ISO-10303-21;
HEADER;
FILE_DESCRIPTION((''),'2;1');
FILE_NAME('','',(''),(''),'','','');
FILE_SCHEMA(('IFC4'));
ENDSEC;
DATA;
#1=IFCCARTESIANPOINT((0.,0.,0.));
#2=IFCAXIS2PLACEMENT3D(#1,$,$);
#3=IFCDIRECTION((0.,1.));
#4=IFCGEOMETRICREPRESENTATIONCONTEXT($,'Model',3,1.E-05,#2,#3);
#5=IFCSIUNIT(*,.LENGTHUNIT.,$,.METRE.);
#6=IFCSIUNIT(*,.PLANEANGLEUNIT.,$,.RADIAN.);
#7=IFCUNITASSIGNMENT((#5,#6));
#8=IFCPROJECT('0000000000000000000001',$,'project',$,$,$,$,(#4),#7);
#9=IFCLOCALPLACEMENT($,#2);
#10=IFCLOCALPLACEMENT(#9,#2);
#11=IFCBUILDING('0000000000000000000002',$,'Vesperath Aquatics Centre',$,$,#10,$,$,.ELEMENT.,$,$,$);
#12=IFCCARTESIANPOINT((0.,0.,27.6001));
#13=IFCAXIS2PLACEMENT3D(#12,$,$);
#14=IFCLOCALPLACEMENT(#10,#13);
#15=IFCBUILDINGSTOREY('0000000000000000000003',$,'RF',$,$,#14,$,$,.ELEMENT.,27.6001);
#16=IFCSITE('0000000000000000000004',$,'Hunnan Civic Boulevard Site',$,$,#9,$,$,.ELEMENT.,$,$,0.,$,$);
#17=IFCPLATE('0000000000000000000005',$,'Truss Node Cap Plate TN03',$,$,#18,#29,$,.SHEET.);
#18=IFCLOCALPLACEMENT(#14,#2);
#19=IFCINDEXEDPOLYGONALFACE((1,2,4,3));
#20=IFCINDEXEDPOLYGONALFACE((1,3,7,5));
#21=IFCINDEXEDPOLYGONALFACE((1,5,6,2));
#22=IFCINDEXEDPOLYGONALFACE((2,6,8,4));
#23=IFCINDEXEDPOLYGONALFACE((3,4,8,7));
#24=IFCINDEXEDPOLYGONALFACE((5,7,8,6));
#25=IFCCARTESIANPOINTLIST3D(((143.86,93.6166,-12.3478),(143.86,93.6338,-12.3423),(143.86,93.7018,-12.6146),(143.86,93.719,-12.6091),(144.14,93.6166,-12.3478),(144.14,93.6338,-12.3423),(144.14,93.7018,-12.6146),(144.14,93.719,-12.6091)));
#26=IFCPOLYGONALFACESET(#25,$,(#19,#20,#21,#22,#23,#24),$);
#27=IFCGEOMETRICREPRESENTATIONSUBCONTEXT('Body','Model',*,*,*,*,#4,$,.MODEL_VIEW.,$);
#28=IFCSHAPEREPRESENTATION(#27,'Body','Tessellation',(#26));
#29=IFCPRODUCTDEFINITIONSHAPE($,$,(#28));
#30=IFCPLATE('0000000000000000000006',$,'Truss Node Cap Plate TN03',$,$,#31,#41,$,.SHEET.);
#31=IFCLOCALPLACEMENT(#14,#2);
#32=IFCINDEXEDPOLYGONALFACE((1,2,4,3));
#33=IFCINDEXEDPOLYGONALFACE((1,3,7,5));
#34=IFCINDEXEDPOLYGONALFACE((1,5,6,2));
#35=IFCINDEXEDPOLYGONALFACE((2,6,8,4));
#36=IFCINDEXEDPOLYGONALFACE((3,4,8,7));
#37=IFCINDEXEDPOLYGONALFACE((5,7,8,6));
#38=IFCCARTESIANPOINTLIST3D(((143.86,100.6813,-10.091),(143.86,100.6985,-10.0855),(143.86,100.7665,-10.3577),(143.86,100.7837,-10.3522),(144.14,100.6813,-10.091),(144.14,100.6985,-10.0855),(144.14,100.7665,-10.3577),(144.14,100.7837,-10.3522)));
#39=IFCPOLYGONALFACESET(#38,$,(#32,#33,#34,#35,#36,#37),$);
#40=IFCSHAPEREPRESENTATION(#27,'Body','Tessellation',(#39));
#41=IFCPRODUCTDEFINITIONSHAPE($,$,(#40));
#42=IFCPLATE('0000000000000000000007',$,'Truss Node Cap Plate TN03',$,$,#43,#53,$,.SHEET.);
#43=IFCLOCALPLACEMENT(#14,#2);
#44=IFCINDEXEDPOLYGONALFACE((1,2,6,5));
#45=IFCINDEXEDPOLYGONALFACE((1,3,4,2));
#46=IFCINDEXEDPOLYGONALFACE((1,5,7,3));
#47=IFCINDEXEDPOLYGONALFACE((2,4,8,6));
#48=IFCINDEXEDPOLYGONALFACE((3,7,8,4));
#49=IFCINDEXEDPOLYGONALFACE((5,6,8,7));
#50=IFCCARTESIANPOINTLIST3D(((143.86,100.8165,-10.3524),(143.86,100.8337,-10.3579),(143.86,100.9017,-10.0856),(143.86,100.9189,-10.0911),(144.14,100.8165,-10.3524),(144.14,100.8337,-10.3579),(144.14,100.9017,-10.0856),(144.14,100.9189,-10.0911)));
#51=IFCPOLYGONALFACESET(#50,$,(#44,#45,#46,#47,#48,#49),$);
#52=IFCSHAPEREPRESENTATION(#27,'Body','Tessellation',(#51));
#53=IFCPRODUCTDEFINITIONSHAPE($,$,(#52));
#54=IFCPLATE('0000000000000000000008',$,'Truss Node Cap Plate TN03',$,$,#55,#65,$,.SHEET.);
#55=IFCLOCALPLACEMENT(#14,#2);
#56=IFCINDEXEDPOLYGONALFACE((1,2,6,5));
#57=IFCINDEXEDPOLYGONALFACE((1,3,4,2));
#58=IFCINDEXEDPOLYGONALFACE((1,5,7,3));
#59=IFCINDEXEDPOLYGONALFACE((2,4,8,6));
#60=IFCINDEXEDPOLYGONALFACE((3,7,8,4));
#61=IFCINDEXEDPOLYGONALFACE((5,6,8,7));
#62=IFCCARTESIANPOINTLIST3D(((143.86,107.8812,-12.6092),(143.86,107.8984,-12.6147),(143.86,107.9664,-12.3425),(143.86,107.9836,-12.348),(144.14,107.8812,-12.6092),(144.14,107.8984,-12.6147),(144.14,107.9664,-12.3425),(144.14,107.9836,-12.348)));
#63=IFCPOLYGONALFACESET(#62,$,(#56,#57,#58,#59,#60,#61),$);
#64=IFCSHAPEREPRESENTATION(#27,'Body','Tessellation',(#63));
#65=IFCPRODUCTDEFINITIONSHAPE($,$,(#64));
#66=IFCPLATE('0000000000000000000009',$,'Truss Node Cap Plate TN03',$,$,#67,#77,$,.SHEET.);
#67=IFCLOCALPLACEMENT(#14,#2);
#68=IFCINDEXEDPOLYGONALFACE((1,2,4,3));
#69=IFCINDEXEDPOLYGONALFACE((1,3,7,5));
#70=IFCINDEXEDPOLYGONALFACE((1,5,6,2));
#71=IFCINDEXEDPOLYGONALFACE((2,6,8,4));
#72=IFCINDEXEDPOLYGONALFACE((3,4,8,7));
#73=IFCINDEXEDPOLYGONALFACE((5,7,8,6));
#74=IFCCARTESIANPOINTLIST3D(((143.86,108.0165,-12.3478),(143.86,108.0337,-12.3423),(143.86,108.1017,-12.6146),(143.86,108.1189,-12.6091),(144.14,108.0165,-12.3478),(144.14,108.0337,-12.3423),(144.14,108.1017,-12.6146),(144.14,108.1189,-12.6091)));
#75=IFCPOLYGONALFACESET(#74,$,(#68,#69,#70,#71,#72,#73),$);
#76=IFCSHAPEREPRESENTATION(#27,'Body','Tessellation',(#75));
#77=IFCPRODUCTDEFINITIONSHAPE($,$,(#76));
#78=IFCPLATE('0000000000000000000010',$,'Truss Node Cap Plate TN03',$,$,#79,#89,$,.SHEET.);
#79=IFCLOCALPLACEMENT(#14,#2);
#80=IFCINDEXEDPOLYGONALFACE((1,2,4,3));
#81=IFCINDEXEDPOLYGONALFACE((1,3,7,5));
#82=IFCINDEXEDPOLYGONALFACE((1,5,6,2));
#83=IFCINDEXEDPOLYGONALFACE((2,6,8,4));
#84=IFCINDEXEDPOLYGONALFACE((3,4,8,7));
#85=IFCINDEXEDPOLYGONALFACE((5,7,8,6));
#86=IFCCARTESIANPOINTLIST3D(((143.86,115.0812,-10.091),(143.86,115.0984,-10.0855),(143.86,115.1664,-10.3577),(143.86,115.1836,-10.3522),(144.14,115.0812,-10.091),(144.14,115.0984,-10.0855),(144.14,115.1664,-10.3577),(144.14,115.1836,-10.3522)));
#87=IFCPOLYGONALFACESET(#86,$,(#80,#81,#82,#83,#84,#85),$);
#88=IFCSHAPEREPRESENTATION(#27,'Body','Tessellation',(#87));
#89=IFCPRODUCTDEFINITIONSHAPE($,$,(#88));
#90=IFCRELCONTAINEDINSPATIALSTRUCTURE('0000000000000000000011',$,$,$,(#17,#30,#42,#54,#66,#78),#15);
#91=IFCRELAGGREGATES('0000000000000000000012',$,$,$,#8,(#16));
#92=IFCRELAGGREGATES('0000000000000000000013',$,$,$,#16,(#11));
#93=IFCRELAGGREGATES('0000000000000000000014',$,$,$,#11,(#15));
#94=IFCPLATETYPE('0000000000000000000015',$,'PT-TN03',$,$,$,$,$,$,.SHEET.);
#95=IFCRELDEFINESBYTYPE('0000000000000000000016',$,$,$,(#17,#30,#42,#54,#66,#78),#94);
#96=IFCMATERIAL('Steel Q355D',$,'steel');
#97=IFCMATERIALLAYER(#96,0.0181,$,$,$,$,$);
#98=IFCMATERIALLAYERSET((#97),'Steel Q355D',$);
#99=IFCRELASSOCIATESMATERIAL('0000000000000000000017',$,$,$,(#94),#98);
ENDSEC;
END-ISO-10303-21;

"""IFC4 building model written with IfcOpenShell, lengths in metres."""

from ifc_helpers import new_model, si_unit, direction, frame, origin, origin_2d, place, context, subcontext, project, spatial, rectangle, extrude, material, layer, layer_set, type_object, element, save


model = new_model("IFC4")

# Units and contexts
model_context = context("Model", 3, precision=1e-05, world=origin(), true_north=direction((0.0, 1.0)))
body_context = subcontext(model_context, "Body", "Model", "MODEL_VIEW")
ifc_project = project(units=[si_unit("LENGTHUNIT", "METRE"), si_unit("PLANEANGLEUNIT", "RADIAN")], contexts=[model_context])

# Site, building, storey
site_placement = place(None, origin())
site = spatial("IfcSite", under=ifc_project, at=site_placement, Name="Hunnan Civic Boulevard Site", CompositionType="ELEMENT", RefElevation=0.0)
building_placement = place(site_placement, origin())
building = spatial("IfcBuilding", under=site, at=building_placement, Name="Vesperath Aquatics Centre", CompositionType="ELEMENT")
storey_placement = place(building_placement, frame((0.0, 0.0, 27.6001)))
storey = spatial("IfcBuildingStorey", under=building, at=storey_placement, Name="RF", CompositionType="ELEMENT", Elevation=27.6001)

# Shared definitions
ifc_material_1 = material(Name="Steel Q355D", Category="steel")

# Plates
ifc_layer = layer(ifc_material_1, 0.0181)
ifc_layer_set = layer_set([ifc_layer], Name="Steel Q355D")
plate_type = type_object("IfcPlateType", Name="PT-TN03", PredefinedType="SHEET", material=ifc_layer_set)
for number, where, z_axis, x_axis, name in (
    (1, (144.0, 93.6592, -12.4812), (0.0, 0.952578, 0.304296), (-1.0, 0.0, 0.0), "Truss Node Cap Plate TN03"),
    (2, (144.0, 100.7239, -10.2244), (0.0, 0.952578, 0.304296), (-1.0, 0.0, 0.0), "Truss Node Cap Plate TN03"),
    (3, (144.0, 100.8591, -10.219), (0.0, 0.952578, -0.304296), (-1.0, 0.0, 0.0), "Truss Node Cap Plate TN03"),
    (4, (144.0, 107.9238, -12.4758), (0.0, 0.952578, -0.304296), (-1.0, 0.0, 0.0), "Truss Node Cap Plate TN03"),
    (5, (144.0, 108.0591, -12.4812), (0.0, 0.952578, 0.304296), (-1.0, 0.0, 0.0), "Truss Node Cap Plate TN03"),
    (6, (144.0, 115.1238, -10.2244), (0.0, 0.952578, 0.304296), (-1.0, 0.0, 0.0), "Truss Node Cap Plate TN03"),
):
    element("IfcPlate", number, at=place(storey_placement, frame(where, z_axis=z_axis, x_axis=x_axis)), inside=storey, type_object=plate_type, Name=name, PredefinedType="SHEET", context=body_context, shape_type="SweptSolid", body=[
        extrude(rectangle(XDim=0.28, YDim=0.28, at=origin_2d()), origin(), (0.0, 0.0, 1.0), 0.0181),
    ])

save(model, "model.ifc")
